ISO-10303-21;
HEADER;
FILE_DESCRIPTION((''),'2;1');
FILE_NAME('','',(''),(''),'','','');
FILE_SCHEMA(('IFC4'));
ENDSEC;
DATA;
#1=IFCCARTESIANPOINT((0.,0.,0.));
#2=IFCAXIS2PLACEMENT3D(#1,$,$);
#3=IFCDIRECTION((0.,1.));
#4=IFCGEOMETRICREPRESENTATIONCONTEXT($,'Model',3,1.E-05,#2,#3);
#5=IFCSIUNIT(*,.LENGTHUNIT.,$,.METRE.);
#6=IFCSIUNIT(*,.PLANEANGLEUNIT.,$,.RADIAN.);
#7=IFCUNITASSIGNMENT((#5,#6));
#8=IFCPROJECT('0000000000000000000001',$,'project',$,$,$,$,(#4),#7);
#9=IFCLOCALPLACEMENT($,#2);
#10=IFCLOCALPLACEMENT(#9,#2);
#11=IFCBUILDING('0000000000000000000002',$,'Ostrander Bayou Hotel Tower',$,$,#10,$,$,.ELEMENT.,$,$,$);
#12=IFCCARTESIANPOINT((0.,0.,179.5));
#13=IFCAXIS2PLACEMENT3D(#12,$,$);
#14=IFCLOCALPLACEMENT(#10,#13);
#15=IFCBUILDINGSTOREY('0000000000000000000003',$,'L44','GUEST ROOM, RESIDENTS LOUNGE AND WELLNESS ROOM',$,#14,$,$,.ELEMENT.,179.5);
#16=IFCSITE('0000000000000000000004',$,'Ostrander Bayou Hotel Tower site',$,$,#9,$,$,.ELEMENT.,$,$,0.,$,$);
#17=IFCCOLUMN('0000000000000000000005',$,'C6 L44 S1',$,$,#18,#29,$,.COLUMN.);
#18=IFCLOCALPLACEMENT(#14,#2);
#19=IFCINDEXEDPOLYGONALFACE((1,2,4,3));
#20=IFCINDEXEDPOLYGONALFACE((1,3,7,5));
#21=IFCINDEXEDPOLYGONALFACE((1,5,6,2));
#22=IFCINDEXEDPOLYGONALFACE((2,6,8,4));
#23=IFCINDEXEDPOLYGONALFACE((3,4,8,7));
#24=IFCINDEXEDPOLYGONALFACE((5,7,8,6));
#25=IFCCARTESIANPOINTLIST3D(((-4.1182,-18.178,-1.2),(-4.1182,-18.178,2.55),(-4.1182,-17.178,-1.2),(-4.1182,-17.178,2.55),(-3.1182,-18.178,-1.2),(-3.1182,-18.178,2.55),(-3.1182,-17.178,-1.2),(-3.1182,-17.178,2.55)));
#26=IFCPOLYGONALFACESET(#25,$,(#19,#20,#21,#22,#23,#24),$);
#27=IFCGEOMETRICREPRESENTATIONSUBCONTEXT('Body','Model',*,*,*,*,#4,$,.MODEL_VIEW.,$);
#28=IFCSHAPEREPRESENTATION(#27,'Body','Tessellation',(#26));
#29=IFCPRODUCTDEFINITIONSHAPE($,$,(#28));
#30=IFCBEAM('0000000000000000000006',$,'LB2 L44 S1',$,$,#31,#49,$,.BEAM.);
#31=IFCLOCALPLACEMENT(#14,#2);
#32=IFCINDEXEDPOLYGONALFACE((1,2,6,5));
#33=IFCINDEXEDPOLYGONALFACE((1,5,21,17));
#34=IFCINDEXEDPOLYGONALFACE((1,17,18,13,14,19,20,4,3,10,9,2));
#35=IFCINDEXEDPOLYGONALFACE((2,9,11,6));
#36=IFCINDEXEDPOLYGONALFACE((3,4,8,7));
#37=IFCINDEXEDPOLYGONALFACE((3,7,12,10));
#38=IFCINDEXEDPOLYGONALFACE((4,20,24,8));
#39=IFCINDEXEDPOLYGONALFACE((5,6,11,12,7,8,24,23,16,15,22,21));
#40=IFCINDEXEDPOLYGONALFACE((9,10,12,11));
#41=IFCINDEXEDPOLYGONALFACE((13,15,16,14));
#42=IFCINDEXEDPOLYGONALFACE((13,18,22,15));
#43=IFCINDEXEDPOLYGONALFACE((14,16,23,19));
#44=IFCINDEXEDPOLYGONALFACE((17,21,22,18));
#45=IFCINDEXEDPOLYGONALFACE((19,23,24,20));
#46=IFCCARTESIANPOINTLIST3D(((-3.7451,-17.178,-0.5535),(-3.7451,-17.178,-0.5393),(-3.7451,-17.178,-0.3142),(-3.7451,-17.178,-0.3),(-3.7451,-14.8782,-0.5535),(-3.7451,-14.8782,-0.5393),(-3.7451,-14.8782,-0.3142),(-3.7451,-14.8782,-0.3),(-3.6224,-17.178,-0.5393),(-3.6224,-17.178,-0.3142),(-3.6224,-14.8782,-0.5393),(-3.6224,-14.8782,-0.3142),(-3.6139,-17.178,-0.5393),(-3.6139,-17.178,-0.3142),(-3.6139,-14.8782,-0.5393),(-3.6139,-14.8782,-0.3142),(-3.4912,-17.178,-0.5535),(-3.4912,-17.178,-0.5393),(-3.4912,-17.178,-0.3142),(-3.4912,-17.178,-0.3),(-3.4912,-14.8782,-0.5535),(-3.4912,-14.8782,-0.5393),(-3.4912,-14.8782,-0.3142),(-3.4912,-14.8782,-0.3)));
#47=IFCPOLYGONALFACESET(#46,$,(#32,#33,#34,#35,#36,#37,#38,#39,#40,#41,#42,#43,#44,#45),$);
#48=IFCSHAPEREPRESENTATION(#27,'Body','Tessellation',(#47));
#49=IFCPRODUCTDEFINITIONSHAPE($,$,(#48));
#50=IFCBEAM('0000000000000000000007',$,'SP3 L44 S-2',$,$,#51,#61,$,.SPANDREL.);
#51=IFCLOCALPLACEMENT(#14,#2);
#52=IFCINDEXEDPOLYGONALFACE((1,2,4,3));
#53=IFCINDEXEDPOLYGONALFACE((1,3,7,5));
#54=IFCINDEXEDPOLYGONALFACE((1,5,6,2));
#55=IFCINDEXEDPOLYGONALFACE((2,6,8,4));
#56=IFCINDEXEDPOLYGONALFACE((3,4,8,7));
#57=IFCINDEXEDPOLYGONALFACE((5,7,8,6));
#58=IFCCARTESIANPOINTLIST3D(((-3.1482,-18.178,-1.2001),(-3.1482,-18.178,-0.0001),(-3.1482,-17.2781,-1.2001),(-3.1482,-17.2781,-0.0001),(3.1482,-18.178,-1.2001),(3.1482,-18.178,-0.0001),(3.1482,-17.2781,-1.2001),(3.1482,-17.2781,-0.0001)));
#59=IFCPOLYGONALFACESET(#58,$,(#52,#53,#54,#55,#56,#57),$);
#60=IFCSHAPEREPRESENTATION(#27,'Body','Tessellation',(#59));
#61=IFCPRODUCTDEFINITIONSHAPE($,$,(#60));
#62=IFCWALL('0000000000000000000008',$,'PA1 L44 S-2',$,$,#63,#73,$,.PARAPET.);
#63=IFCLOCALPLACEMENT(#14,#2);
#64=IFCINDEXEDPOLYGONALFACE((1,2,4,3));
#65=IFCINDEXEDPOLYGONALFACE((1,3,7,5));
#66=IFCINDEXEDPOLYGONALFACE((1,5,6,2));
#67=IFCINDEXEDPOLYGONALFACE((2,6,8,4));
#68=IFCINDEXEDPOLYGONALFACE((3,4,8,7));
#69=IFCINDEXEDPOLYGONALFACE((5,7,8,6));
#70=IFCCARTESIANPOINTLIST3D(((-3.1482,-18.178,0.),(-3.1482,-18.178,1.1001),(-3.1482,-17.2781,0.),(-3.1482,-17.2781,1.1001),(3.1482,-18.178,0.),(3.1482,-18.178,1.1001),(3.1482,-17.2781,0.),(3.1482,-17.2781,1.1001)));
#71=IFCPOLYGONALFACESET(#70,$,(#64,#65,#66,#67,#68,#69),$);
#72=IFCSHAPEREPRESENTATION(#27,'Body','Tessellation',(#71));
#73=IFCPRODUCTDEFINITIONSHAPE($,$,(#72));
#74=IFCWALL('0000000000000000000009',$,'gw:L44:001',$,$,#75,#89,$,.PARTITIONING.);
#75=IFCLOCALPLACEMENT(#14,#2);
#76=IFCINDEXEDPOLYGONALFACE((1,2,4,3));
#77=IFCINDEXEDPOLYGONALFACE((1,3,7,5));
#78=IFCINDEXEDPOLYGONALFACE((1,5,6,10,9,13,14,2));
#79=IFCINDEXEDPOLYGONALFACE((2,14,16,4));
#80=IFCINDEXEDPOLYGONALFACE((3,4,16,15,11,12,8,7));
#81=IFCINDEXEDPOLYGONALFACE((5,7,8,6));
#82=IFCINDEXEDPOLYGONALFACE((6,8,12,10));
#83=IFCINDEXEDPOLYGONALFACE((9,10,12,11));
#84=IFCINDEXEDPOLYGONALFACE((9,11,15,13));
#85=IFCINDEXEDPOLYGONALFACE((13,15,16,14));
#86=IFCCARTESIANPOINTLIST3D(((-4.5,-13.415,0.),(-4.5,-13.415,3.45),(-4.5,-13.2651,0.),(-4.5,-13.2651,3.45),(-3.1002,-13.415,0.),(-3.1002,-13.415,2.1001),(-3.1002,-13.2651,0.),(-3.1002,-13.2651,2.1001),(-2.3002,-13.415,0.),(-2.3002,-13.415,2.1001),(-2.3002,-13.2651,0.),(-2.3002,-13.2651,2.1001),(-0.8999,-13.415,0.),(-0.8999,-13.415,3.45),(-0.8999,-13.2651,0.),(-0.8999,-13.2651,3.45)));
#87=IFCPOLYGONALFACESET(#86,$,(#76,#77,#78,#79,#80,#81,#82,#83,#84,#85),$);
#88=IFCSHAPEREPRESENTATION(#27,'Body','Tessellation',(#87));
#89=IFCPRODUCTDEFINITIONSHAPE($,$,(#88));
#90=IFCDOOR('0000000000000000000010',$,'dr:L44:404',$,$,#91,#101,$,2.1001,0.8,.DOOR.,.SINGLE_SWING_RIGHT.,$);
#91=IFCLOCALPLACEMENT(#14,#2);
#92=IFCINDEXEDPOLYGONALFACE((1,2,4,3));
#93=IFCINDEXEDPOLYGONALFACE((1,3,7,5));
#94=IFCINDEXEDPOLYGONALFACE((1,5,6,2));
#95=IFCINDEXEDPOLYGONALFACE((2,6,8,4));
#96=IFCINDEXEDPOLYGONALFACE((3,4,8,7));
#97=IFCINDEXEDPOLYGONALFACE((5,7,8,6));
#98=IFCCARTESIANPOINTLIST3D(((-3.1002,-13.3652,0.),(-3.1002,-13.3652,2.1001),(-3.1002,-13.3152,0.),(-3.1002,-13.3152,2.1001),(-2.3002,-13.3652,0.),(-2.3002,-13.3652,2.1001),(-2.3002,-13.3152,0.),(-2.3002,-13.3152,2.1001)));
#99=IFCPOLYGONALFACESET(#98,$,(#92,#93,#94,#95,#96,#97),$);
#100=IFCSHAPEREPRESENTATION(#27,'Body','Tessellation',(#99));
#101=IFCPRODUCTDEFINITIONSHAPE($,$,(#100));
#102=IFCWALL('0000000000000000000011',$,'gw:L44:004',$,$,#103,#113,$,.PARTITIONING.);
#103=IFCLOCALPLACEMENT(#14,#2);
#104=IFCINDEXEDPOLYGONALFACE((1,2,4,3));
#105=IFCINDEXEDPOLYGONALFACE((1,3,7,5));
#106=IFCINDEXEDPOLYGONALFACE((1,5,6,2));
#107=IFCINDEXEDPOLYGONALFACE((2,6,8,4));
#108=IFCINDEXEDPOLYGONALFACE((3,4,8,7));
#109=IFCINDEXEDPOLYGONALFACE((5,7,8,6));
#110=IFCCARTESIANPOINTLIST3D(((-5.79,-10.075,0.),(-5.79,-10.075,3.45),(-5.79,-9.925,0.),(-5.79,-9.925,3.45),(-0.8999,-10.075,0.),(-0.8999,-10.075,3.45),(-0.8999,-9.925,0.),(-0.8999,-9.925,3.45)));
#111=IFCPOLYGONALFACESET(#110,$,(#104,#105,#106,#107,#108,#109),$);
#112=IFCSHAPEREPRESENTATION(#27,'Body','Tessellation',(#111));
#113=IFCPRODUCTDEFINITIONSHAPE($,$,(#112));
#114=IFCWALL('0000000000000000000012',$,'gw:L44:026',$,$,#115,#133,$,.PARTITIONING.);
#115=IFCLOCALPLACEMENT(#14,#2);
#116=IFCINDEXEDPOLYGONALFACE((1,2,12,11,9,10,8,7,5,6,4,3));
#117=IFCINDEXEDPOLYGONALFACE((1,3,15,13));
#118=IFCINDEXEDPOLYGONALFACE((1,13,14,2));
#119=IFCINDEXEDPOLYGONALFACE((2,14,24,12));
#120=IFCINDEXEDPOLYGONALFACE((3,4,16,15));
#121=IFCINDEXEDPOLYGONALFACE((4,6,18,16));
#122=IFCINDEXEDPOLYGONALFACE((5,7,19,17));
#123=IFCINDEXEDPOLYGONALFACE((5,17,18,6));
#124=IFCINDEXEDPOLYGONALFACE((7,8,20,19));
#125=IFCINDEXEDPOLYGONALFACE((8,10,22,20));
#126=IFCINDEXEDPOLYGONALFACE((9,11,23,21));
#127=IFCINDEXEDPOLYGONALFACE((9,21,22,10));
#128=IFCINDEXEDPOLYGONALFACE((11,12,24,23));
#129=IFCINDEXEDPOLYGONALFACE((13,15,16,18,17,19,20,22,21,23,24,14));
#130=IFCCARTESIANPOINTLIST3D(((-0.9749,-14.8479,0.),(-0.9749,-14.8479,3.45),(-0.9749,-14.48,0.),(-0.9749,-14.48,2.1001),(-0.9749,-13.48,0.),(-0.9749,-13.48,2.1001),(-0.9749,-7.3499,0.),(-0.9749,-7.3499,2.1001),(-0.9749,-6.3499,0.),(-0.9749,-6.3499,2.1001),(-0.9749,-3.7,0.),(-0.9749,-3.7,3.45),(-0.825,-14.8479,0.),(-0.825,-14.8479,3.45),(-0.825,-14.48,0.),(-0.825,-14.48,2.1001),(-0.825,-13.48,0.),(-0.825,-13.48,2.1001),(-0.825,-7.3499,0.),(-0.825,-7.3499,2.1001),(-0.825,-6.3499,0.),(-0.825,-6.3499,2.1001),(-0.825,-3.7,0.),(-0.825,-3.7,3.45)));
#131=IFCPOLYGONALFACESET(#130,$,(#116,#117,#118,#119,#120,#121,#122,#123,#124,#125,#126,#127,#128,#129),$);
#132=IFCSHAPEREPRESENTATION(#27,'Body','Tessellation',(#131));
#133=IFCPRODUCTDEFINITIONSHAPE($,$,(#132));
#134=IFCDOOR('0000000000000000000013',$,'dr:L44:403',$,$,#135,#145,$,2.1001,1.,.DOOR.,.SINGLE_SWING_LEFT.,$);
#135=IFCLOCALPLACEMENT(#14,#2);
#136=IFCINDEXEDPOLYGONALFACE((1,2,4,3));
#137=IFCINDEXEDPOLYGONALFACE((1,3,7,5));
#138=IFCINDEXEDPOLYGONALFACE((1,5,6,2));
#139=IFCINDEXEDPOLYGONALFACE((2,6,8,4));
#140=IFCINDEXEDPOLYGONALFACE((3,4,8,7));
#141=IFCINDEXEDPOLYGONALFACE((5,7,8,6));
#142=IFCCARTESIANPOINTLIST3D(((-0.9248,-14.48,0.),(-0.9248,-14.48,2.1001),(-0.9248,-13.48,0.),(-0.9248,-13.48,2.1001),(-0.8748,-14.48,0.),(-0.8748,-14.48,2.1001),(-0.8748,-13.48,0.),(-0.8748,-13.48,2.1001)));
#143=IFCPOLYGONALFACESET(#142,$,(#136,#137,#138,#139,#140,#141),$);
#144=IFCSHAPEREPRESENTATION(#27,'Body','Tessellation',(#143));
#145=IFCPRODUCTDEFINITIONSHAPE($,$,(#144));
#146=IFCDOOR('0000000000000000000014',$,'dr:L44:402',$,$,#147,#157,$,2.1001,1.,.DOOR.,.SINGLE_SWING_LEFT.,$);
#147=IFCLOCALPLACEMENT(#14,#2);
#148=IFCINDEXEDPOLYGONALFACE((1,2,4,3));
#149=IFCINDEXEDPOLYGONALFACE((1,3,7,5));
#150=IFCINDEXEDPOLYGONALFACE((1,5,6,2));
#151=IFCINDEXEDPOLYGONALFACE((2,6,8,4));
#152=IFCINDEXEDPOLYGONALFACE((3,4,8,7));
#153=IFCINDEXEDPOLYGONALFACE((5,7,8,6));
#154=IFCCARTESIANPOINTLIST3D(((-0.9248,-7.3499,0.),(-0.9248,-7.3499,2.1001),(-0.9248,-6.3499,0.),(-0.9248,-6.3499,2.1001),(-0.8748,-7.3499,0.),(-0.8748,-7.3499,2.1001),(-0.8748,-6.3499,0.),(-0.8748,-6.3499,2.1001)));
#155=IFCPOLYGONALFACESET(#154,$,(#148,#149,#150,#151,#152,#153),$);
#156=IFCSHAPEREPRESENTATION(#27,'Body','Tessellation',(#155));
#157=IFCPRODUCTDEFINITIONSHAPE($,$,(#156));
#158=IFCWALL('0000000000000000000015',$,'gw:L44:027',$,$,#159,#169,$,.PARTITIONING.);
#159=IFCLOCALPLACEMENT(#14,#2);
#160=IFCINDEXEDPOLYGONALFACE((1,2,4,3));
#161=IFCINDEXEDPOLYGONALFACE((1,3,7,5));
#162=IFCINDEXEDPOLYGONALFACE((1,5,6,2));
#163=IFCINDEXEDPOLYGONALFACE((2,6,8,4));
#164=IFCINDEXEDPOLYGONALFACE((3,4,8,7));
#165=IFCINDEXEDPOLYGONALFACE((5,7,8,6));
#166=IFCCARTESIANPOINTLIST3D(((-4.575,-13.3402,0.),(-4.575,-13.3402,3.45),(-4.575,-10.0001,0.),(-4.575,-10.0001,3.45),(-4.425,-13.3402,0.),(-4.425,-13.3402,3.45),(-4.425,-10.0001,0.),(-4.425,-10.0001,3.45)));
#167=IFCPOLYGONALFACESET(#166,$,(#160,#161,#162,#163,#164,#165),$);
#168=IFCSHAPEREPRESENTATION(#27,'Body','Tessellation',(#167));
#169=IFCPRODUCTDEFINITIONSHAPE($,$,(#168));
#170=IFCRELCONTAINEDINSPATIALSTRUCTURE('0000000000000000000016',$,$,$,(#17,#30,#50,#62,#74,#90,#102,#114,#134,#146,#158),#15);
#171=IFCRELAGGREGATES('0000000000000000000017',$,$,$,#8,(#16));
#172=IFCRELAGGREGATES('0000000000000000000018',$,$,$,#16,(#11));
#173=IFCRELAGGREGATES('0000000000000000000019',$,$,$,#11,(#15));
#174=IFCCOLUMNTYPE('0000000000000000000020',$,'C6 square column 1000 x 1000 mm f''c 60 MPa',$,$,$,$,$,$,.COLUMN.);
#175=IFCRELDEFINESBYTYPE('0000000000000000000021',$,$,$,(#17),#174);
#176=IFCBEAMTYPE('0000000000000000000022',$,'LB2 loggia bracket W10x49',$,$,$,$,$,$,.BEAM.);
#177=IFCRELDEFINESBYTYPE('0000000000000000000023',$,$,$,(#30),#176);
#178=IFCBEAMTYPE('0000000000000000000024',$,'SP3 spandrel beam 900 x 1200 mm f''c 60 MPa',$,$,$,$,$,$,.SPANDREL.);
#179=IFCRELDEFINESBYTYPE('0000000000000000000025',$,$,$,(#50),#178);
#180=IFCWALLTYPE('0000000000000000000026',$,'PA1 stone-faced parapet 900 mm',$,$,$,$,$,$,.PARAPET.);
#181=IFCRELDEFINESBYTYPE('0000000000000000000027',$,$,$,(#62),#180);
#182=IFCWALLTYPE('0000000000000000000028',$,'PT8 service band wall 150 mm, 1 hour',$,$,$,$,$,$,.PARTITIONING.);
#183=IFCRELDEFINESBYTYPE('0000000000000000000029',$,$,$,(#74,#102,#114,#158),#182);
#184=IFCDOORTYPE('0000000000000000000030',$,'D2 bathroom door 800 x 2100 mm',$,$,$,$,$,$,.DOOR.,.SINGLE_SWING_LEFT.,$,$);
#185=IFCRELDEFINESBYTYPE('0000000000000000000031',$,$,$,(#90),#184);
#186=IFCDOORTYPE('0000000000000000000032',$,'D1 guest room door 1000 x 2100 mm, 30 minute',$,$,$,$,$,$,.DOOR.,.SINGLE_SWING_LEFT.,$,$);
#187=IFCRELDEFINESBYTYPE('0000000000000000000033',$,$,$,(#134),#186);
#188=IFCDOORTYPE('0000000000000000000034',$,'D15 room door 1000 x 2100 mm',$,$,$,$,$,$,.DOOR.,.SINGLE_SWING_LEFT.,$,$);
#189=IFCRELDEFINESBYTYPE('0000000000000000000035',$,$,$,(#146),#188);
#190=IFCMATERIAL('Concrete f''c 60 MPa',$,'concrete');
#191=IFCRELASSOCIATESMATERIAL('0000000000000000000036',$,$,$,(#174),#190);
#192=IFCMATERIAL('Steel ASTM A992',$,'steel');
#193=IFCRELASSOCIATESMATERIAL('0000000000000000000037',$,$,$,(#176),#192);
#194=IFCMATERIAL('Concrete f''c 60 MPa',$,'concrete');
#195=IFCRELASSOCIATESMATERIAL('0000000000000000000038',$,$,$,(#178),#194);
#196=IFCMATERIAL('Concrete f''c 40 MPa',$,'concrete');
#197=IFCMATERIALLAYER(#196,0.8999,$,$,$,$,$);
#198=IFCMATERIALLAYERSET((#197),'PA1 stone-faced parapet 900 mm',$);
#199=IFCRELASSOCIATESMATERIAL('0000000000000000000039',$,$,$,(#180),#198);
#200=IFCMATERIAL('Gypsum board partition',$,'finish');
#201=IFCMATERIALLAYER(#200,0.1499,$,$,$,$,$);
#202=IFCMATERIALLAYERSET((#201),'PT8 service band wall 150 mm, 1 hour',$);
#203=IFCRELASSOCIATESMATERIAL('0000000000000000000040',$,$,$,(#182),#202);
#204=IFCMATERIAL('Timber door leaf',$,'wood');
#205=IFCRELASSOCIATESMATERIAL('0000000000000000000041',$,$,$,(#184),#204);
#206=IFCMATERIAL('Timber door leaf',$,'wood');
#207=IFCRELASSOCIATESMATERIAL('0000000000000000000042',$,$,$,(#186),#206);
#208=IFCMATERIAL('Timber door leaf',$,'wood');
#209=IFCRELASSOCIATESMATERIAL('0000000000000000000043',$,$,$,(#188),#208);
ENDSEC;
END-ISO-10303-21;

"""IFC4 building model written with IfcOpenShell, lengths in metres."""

from ifc_helpers import new_model, si_unit, direction, frame, frame_2d, origin, origin_2d, place, context, subcontext, project, spatial, rectangle, i_section, extrude, material, layer, layer_set, material_profile, profile_set, type_object, element, fill, save


model = new_model("IFC4")

# Units and contexts
model_context = context("Model", 3, precision=1e-05, world=origin(), true_north=direction((0.0, 1.0)))
body_context = subcontext(model_context, "Body", "Model", "MODEL_VIEW")
ifc_project = project(units=[si_unit("LENGTHUNIT", "METRE"), si_unit("PLANEANGLEUNIT", "RADIAN")], contexts=[model_context])

# Site, building, storey
site_placement = place(None, origin())
site = spatial("IfcSite", under=ifc_project, at=site_placement, Name="Ostrander Bayou Hotel Tower site", CompositionType="ELEMENT", RefElevation=0.0)
building_placement = place(site_placement, origin())
building = spatial("IfcBuilding", under=site, at=building_placement, Name="Ostrander Bayou Hotel Tower", CompositionType="ELEMENT")
storey_placement = place(building_placement, frame((0.0, 0.0, 179.5)))
storey = spatial("IfcBuildingStorey", under=building, at=storey_placement, Name="L44", Description="GUEST ROOM, RESIDENTS LOUNGE AND WELLNESS ROOM", CompositionType="ELEMENT", Elevation=179.5)

# Column
ifc_material_1 = material(Name="Concrete f'c 60 MPa", Category="concrete")
ifc_material_profile_1 = material_profile(ifc_material_1, rectangle(XDim=1.0, YDim=1.0, at=origin_2d()))
ifc_profile_set_1 = profile_set([ifc_material_profile_1], Name="Concrete f'c 60 MPa")
column_type = type_object("IfcColumnType", Name="C6 square column 1000 x 1000 mm f'c 60 MPa", PredefinedType="COLUMN", material=ifc_profile_set_1)
column_placement = place(storey_placement, frame((-3.6182, -17.678, -1.2), z_axis=(0.0, 0.0, 1.0), x_axis=(-1.0, 0.0, 0.0)))
element("IfcColumn", 1, at=column_placement, inside=storey, type_object=column_type, Name="C6 L44 S1", PredefinedType="COLUMN", context=body_context, shape_type="SweptSolid", body=[
    extrude(rectangle(XDim=1.0, YDim=1.0, at=origin_2d()), origin(), (0.0, 0.0, 1.0), 3.75),
])

# Beams
ifc_material_2 = material(Name="Steel ASTM A992", Category="steel")
ifc_material_profile_2 = material_profile(ifc_material_2, i_section(OverallWidth=0.2539, OverallDepth=0.2534, WebThickness=0.0085, FlangeThickness=0.0142, at=origin_2d()))
ifc_profile_set_2 = profile_set([ifc_material_profile_2], Name="Steel ASTM A992")
beam_type_1 = type_object("IfcBeamType", Name="LB2 loggia bracket W10x49", PredefinedType="BEAM", material=ifc_profile_set_2)
beam_1_placement = place(storey_placement, frame((-3.6182, -17.178, -0.4268), z_axis=(0.0, 1.0, 0.0), x_axis=(-1.0, 0.0, 0.0)))
element("IfcBeam", 2, at=beam_1_placement, inside=storey, type_object=beam_type_1, Name="LB2 L44 S1", PredefinedType="BEAM", context=body_context, shape_type="SweptSolid", body=[
    extrude(i_section(OverallWidth=0.2539, OverallDepth=0.2534, WebThickness=0.0085, FlangeThickness=0.0142, at=origin_2d()), origin(), (0.0, 0.0, 1.0), 2.2998),
])
ifc_material_3 = material(Name="Concrete f'c 60 MPa", Category="concrete")
ifc_material_profile_3 = material_profile(ifc_material_3, rectangle(XDim=0.8999, YDim=1.2, at=origin_2d()))
ifc_profile_set_3 = profile_set([ifc_material_profile_3], Name="Concrete f'c 60 MPa")
beam_type_2 = type_object("IfcBeamType", Name="SP3 spandrel beam 900 x 1200 mm f'c 60 MPa", PredefinedType="SPANDREL", material=ifc_profile_set_3)
beam_2_placement = place(storey_placement, frame((-3.1482, -17.728, -0.6001), z_axis=(1.0, 0.0, 0.0), x_axis=(0.0, 1.0, 0.0)))
element("IfcBeam", 3, at=beam_2_placement, inside=storey, type_object=beam_type_2, Name="SP3 L44 S-2", PredefinedType="SPANDREL", context=body_context, shape_type="SweptSolid", body=[
    extrude(rectangle(XDim=0.8999, YDim=1.2, at=origin_2d()), origin(), (0.0, 0.0, 1.0), 6.2964),
])

# Wall
ifc_material_4 = material(Name="Concrete f'c 40 MPa", Category="concrete")
ifc_layer_1 = layer(ifc_material_4, 0.8999)
ifc_layer_set_1 = layer_set([ifc_layer_1], Name="PA1 stone-faced parapet 900 mm")
wall_type_1 = type_object("IfcWallType", Name="PA1 stone-faced parapet 900 mm", PredefinedType="PARAPET", material=ifc_layer_set_1)
wall_1_placement = place(storey_placement, frame((-3.1482, -17.728, 0.0), z_axis=(0.0, 0.0, 1.0), x_axis=(1.0, 0.0, 0.0)))
element("IfcWall", 4, at=wall_1_placement, inside=storey, type_object=wall_type_1, Name="PA1 L44 S-2", PredefinedType="PARAPET", context=body_context, shape_type="SweptSolid", body=[
    extrude(rectangle(XDim=6.2964, YDim=0.8999, at=frame_2d((3.1482, 0.0))), origin(), (0.0, 0.0, 1.0), 1.1001),
])

# Wall, opening, door
ifc_material_5 = material(Name="Gypsum board partition", Category="finish")
ifc_layer_2 = layer(ifc_material_5, 0.1499)
ifc_layer_set_2 = layer_set([ifc_layer_2], Name="PT8 service band wall 150 mm, 1 hour")
wall_type_2 = type_object("IfcWallType", Name="PT8 service band wall 150 mm, 1 hour", PredefinedType="PARTITIONING", material=ifc_layer_set_2)
wall_2_placement = place(storey_placement, frame((-4.5, -13.3401, 0.0), z_axis=(0.0, 0.0, 1.0), x_axis=(1.0, 0.0, 0.0)))
wall_2 = element("IfcWall", 5, at=wall_2_placement, inside=storey, type_object=wall_type_2, Name="gw:L44:001", PredefinedType="PARTITIONING", context=body_context, shape_type="SweptSolid", body=[
    extrude(rectangle(XDim=3.6001, YDim=0.1499, at=frame_2d((1.8, 0.0))), origin(), (0.0, 0.0, 1.0), 3.45),
])
opening_1_placement = place(wall_2_placement, frame((1.3999, 0.0, 0.0)))
opening_1 = element("IfcOpeningElement", 6, at=opening_1_placement, cuts=wall_2, PredefinedType="OPENING", context=body_context, shape_type="SweptSolid", body=[
    extrude(rectangle(XDim=0.8, YDim=2.1001, at=frame_2d((0.3999, 1.05))), frame((0.0, 0.075, 0.0), z_axis=(0.0, -1.0, 0.0), x_axis=(1.0, 0.0, 0.0)), (0.0, 0.0, 1.0), 0.1499),
])
ifc_material_6 = material(Name="Timber door leaf", Category="wood")
door_type_1 = type_object("IfcDoorType", Name="D2 bathroom door 800 x 2100 mm", OperationType="SINGLE_SWING_LEFT", PredefinedType="DOOR", material=ifc_material_6)
door_1_placement = place(opening_1_placement, origin())
door_1 = element("IfcDoor", 7, at=door_1_placement, inside=storey, type_object=door_type_1, Name="dr:L44:404", OperationType="SINGLE_SWING_RIGHT", OverallHeight=2.1001, OverallWidth=0.8, PredefinedType="DOOR", context=body_context, shape_type="SweptSolid", body=[
    extrude(rectangle(XDim=0.8, YDim=2.1001, at=frame_2d((0.3999, 1.05))), frame((0.0, 0.0249, 0.0), z_axis=(0.0, -1.0, 0.0), x_axis=(1.0, 0.0, 0.0)), (0.0, 0.0, 1.0), 0.05),
])
fill(opening_1, door_1)

# Wall
wall_3_placement = place(storey_placement, frame((-5.79, -10.0, 0.0), z_axis=(0.0, 0.0, 1.0), x_axis=(1.0, 0.0, 0.0)))
element("IfcWall", 8, at=wall_3_placement, inside=storey, type_object=wall_type_2, Name="gw:L44:004", PredefinedType="PARTITIONING", context=body_context, shape_type="SweptSolid", body=[
    extrude(rectangle(XDim=4.8901, YDim=0.1499, at=frame_2d((2.4451, 0.0))), origin(), (0.0, 0.0, 1.0), 3.45),
])

# Wall, openings, doors
wall_4_placement = place(storey_placement, frame((-0.8999, -14.8479, 0.0), z_axis=(0.0, 0.0, 1.0), x_axis=(0.0, 1.0, 0.0)))
wall_4 = element("IfcWall", 9, at=wall_4_placement, inside=storey, type_object=wall_type_2, Name="gw:L44:026", PredefinedType="PARTITIONING", context=body_context, shape_type="SweptSolid", body=[
    extrude(rectangle(XDim=11.1479, YDim=0.1499, at=frame_2d((5.574, 0.0))), origin(), (0.0, 0.0, 1.0), 3.45),
])
opening_2_placement = place(wall_4_placement, frame((7.498, 0.0, 0.0)))
opening_2 = element("IfcOpeningElement", 10, at=opening_2_placement, cuts=wall_4, PredefinedType="OPENING", context=body_context, shape_type="SweptSolid", body=[
    extrude(rectangle(XDim=1.0, YDim=2.1001, at=frame_2d((0.5, 1.05))), frame((0.0, 0.075, 0.0), z_axis=(0.0, -1.0, 0.0), x_axis=(1.0, 0.0, 0.0)), (0.0, 0.0, 1.0), 0.1499),
])
opening_3_placement = place(wall_4_placement, frame((0.3679, 0.0, 0.0)))
opening_3 = element("IfcOpeningElement", 11, at=opening_3_placement, cuts=wall_4, PredefinedType="OPENING", context=body_context, shape_type="SweptSolid", body=[
    extrude(rectangle(XDim=1.0, YDim=2.1001, at=frame_2d((0.5, 1.05))), frame((0.0, 0.075, 0.0), z_axis=(0.0, -1.0, 0.0), x_axis=(1.0, 0.0, 0.0)), (0.0, 0.0, 1.0), 0.1499),
])
ifc_material_7 = material(Name="Timber door leaf", Category="wood")
door_type_2 = type_object("IfcDoorType", Name="D1 guest room door 1000 x 2100 mm, 30 minute", OperationType="SINGLE_SWING_LEFT", PredefinedType="DOOR", material=ifc_material_7)
door_2_placement = place(opening_3_placement, origin())
door_2 = element("IfcDoor", 12, at=door_2_placement, inside=storey, type_object=door_type_2, Name="dr:L44:403", OperationType="SINGLE_SWING_LEFT", OverallHeight=2.1001, OverallWidth=1.0, PredefinedType="DOOR", context=body_context, shape_type="SweptSolid", body=[
    extrude(rectangle(XDim=1.0, YDim=2.1001, at=frame_2d((0.5, 1.05))), frame((0.0, 0.0249, 0.0), z_axis=(0.0, -1.0, 0.0), x_axis=(1.0, 0.0, 0.0)), (0.0, 0.0, 1.0), 0.05),
])
fill(opening_3, door_2)
ifc_material_8 = material(Name="Timber door leaf", Category="wood")
door_type_3 = type_object("IfcDoorType", Name="D15 room door 1000 x 2100 mm", OperationType="SINGLE_SWING_LEFT", PredefinedType="DOOR", material=ifc_material_8)
door_3_placement = place(opening_2_placement, origin())
door_3 = element("IfcDoor", 13, at=door_3_placement, inside=storey, type_object=door_type_3, Name="dr:L44:402", OperationType="SINGLE_SWING_LEFT", OverallHeight=2.1001, OverallWidth=1.0, PredefinedType="DOOR", context=body_context, shape_type="SweptSolid", body=[
    extrude(rectangle(XDim=1.0, YDim=2.1001, at=frame_2d((0.5, 1.05))), frame((0.0, 0.0249, 0.0), z_axis=(0.0, -1.0, 0.0), x_axis=(1.0, 0.0, 0.0)), (0.0, 0.0, 1.0), 0.05),
])
fill(opening_2, door_3)

# Wall
wall_5_placement = place(storey_placement, frame((-4.5, -13.3401, 0.0), z_axis=(0.0, 0.0, 1.0), x_axis=(0.0, 1.0, 0.0)))
element("IfcWall", 14, at=wall_5_placement, inside=storey, type_object=wall_type_2, Name="gw:L44:027", PredefinedType="PARTITIONING", context=body_context, shape_type="SweptSolid", body=[
    extrude(rectangle(XDim=3.3401, YDim=0.1499, at=frame_2d((1.6699, 0.0))), origin(), (0.0, 0.0, 1.0), 3.45),
])

save(model, "model.ifc")
